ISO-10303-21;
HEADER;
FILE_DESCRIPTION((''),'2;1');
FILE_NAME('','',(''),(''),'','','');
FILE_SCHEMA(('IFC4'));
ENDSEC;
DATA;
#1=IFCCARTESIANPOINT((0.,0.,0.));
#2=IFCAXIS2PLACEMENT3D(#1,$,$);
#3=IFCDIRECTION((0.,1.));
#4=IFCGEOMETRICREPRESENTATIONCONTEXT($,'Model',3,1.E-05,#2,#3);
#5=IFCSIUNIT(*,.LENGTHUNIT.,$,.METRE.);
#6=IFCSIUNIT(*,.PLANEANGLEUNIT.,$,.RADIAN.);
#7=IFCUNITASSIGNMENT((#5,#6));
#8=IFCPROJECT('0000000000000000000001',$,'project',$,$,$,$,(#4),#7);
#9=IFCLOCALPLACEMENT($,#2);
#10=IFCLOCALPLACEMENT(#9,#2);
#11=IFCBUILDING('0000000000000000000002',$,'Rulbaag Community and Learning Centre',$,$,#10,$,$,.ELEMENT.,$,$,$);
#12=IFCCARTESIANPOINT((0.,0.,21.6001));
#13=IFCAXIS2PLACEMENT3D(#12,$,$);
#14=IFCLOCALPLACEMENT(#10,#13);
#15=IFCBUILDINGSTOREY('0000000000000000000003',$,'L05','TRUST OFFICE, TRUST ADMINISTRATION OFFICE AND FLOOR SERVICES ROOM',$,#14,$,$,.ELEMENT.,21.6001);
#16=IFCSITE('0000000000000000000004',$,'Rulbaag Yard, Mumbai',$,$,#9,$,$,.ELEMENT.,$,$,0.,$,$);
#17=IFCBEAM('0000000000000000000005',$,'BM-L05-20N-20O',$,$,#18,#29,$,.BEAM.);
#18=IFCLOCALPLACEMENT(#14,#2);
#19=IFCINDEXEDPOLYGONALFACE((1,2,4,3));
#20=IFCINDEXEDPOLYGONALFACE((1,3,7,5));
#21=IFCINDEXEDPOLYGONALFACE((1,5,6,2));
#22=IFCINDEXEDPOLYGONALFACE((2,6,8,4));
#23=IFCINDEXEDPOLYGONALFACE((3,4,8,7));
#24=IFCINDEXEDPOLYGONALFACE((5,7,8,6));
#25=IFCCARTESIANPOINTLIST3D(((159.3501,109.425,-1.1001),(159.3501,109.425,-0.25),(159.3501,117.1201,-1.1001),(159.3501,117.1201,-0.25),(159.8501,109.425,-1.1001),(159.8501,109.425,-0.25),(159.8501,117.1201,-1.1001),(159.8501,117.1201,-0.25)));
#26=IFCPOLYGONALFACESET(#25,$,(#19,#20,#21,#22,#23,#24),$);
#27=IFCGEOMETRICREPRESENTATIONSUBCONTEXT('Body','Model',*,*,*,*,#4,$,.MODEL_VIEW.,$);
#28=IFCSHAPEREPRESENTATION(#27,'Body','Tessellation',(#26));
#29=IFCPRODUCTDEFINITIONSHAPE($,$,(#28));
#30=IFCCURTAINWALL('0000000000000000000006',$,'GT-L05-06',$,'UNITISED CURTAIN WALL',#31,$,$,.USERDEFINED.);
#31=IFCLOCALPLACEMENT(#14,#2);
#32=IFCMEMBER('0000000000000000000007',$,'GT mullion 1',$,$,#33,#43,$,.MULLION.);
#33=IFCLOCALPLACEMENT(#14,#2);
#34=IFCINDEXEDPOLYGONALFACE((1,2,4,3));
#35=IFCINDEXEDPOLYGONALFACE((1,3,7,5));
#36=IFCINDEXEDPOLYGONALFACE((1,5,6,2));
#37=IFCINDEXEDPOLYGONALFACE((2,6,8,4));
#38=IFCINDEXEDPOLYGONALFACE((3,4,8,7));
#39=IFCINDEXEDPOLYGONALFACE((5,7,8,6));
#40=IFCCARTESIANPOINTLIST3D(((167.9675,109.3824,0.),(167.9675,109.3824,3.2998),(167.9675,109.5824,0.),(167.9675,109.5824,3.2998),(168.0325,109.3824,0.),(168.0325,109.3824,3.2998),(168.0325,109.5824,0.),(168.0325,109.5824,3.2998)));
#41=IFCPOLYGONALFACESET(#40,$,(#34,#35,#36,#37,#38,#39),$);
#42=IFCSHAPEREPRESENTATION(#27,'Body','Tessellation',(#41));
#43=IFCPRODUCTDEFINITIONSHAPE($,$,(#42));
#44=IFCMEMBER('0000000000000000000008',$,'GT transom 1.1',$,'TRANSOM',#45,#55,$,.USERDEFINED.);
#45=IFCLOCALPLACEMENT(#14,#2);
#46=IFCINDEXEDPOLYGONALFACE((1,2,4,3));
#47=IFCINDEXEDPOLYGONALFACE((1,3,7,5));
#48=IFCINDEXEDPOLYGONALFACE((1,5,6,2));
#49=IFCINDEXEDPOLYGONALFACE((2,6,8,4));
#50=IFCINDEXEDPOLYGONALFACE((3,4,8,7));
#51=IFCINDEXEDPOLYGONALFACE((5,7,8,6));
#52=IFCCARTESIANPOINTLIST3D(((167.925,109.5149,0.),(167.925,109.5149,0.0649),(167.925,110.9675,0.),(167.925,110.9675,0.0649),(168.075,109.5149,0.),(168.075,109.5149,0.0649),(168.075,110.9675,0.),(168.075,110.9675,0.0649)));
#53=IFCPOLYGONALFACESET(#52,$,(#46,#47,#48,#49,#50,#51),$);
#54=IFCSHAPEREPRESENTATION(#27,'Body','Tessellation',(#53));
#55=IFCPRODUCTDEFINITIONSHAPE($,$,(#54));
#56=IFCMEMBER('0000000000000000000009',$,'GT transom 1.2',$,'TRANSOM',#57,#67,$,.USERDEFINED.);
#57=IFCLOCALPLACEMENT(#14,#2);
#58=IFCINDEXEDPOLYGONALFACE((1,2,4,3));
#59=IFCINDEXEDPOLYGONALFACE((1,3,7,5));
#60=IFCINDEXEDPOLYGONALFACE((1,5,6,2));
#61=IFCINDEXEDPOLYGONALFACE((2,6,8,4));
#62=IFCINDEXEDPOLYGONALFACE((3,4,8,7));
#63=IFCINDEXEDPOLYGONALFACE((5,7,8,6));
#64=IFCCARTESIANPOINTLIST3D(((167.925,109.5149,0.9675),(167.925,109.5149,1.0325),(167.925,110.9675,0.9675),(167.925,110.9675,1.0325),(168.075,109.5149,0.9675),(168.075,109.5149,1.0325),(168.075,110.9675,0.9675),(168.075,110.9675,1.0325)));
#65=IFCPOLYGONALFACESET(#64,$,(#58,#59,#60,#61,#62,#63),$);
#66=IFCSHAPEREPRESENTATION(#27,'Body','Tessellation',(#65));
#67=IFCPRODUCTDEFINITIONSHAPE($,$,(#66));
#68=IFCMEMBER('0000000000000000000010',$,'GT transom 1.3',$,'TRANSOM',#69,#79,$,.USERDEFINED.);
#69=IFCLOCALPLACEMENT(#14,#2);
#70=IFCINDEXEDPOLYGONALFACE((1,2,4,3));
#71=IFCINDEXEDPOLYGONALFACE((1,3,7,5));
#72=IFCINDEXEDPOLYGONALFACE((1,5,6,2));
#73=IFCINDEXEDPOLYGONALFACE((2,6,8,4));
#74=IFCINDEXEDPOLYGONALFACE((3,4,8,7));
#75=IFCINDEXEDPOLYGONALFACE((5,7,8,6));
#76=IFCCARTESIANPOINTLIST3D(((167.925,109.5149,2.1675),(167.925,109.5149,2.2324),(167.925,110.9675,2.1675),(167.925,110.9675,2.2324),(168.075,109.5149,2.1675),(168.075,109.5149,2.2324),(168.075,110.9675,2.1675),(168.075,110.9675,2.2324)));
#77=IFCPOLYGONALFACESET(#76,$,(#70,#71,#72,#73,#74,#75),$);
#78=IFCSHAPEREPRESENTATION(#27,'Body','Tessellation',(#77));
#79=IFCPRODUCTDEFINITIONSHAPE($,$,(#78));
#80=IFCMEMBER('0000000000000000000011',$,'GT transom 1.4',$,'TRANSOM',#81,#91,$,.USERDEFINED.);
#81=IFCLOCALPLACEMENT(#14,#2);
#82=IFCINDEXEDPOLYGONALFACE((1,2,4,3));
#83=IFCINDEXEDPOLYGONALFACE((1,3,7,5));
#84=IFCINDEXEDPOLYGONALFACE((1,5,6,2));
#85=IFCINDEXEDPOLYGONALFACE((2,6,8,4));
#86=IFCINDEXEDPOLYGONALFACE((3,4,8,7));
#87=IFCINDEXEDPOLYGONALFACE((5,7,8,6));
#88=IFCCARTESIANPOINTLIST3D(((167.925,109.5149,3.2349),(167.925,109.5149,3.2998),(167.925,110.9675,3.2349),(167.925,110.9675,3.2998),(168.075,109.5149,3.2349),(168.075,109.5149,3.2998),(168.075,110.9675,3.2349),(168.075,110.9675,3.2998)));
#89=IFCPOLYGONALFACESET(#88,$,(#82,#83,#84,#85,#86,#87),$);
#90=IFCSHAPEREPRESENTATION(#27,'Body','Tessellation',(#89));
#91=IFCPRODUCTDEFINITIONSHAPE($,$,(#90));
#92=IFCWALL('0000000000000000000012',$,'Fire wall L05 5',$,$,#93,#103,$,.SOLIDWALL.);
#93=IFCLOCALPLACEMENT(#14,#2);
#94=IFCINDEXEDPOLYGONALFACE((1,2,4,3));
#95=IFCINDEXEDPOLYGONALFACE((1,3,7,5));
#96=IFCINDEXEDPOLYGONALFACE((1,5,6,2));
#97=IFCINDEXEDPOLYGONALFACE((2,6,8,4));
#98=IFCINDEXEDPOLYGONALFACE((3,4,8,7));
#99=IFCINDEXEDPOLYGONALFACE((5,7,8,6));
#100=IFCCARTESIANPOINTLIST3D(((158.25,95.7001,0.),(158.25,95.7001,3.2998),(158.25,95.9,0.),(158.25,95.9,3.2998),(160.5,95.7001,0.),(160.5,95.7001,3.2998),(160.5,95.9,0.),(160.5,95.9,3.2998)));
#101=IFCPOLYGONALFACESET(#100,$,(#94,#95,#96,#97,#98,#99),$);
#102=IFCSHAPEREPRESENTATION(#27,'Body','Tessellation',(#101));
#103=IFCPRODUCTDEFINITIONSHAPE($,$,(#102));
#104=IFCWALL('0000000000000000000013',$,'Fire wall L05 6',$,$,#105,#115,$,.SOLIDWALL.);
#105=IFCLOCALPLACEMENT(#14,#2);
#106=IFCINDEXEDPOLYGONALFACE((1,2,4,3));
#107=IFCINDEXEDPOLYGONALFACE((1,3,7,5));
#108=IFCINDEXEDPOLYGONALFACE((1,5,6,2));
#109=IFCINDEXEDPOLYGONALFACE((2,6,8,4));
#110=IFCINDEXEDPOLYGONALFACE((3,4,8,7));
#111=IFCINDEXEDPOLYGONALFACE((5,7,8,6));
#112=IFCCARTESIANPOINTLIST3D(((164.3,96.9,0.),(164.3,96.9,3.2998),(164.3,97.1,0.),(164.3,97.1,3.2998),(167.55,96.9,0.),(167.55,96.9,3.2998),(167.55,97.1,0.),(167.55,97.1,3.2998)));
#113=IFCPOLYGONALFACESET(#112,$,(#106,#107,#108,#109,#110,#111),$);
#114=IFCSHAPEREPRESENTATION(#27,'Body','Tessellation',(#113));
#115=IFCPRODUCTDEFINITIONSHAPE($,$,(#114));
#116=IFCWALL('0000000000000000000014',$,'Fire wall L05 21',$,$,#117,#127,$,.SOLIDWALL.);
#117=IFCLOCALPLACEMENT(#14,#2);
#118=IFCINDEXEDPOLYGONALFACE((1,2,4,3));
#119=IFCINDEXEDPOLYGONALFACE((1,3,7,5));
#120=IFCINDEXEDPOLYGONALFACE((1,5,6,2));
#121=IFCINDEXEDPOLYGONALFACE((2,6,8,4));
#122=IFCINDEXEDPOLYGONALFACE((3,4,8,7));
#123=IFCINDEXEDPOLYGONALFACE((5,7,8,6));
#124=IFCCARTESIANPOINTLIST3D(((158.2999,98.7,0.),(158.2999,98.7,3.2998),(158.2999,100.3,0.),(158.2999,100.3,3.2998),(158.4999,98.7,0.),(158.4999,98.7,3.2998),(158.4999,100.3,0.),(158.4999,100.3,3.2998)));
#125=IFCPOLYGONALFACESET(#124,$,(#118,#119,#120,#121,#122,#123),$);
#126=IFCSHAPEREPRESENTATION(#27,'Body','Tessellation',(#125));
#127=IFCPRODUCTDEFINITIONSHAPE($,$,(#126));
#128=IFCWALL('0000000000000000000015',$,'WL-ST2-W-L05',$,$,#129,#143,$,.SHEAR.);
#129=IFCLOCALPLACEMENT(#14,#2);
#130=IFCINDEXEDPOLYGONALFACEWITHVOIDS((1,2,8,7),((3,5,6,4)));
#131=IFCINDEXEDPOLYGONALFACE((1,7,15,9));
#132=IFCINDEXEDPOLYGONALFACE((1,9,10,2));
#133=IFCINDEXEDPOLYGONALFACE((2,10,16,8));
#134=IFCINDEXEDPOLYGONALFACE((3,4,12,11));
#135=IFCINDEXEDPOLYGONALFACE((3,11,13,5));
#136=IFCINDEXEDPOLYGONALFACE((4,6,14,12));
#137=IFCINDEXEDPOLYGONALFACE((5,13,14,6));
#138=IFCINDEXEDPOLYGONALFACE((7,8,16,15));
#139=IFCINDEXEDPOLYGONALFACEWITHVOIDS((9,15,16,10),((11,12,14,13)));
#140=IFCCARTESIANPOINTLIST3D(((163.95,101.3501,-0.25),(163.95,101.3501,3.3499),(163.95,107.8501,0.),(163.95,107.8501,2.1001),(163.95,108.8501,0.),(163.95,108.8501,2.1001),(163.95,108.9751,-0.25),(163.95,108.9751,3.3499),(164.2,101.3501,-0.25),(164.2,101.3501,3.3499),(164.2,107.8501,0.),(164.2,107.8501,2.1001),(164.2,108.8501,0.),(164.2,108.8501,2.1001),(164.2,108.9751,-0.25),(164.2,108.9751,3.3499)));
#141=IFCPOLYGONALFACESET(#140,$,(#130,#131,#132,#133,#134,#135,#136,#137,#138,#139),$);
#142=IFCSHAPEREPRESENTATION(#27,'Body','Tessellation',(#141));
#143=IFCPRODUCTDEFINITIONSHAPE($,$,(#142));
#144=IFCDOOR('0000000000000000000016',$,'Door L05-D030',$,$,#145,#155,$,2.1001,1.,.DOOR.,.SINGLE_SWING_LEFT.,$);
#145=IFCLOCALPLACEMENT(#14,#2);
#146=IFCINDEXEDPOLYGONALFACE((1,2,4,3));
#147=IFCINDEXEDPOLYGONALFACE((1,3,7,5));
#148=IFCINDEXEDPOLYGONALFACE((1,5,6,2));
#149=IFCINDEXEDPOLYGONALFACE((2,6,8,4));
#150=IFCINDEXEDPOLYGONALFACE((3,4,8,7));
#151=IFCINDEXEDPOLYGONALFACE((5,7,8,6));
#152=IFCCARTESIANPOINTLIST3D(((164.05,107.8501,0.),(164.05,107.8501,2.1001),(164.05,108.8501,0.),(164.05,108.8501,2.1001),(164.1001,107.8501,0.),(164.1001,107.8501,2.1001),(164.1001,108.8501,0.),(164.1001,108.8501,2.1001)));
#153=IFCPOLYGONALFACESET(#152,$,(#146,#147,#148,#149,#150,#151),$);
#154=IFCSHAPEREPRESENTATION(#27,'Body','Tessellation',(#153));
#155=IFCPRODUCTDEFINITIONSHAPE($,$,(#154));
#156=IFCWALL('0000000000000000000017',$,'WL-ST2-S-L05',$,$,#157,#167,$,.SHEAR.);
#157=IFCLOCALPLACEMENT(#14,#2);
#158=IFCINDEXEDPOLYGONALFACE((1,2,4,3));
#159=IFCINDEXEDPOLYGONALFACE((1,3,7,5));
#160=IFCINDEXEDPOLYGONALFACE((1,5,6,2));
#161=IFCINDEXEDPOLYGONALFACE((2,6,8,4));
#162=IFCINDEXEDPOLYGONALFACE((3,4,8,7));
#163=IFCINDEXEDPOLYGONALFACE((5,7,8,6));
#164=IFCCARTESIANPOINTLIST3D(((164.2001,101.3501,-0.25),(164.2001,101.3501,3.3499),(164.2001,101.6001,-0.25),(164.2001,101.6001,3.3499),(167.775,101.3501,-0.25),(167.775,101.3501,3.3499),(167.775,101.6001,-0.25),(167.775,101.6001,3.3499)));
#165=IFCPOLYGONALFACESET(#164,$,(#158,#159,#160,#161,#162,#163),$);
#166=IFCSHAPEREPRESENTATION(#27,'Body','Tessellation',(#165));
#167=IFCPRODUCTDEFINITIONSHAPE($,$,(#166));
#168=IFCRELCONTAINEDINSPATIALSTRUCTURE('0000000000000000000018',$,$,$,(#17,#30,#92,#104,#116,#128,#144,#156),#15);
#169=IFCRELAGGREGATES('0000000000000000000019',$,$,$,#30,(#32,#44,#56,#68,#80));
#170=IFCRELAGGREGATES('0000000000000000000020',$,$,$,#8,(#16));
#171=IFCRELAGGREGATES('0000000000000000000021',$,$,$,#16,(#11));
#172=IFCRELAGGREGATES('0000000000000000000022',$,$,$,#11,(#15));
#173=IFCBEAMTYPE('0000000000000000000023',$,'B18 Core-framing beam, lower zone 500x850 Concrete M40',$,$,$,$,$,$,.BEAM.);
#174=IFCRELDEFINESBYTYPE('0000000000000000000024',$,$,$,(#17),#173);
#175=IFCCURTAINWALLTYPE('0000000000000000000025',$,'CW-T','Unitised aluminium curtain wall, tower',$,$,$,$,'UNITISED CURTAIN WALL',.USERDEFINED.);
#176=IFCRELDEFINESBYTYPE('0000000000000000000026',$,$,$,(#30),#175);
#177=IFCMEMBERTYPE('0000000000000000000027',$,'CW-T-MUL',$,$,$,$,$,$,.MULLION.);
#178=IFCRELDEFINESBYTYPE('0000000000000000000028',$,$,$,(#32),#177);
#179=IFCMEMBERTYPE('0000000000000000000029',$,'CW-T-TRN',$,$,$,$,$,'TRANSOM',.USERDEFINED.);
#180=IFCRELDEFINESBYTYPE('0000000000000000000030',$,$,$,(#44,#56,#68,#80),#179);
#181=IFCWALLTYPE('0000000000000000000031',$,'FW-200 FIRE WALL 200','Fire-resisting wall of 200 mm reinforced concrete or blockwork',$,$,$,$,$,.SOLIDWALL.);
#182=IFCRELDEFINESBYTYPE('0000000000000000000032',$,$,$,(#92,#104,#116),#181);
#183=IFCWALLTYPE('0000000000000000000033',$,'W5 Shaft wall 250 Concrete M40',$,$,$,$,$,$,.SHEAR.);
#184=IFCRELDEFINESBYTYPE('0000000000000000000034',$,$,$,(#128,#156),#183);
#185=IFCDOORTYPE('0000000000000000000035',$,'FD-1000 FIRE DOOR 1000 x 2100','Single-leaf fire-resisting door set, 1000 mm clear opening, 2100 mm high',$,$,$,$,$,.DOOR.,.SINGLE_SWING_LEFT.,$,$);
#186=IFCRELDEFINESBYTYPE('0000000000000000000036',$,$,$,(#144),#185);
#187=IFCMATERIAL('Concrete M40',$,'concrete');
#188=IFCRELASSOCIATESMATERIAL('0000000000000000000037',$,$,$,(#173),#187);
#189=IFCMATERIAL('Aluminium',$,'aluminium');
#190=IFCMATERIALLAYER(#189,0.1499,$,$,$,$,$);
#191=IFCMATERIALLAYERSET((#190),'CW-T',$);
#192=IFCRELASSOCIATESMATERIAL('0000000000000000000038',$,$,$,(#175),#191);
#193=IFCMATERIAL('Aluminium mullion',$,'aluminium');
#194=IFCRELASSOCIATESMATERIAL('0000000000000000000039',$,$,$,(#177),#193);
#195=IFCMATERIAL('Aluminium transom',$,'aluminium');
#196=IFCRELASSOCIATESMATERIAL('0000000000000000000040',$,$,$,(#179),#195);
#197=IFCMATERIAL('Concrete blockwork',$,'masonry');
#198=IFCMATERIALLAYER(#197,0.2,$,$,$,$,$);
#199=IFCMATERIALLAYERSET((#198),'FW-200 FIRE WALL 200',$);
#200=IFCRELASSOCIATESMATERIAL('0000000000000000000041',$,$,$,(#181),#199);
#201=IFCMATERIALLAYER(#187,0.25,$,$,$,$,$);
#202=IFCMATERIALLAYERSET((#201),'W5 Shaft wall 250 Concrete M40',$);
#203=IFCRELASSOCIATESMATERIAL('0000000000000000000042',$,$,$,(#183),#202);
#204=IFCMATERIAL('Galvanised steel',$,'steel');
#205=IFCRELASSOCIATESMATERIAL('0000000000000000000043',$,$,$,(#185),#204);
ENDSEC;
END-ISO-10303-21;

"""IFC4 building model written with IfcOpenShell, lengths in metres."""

from ifc_helpers import new_model, si_unit, direction, frame, frame_2d, origin, origin_2d, place, context, subcontext, project, spatial, rectangle, extrude, material, layer, layer_set, material_profile, profile_set, type_object, element, fill, aggregate, save


model = new_model("IFC4")

# Units and contexts
model_context = context("Model", 3, precision=1e-05, world=origin(), true_north=direction((0.0, 1.0)))
body_context = subcontext(model_context, "Body", "Model", "MODEL_VIEW")
ifc_project = project(units=[si_unit("LENGTHUNIT", "METRE"), si_unit("PLANEANGLEUNIT", "RADIAN")], contexts=[model_context])

# Site, building, storey
site_placement = place(None, origin())
site = spatial("IfcSite", under=ifc_project, at=site_placement, Name="Rulbaag Yard, Mumbai", CompositionType="ELEMENT", RefElevation=0.0)
building_placement = place(site_placement, origin())
building = spatial("IfcBuilding", under=site, at=building_placement, Name="Rulbaag Community and Learning Centre", CompositionType="ELEMENT")
storey_placement = place(building_placement, frame((0.0, 0.0, 21.6001)))
storey = spatial("IfcBuildingStorey", under=building, at=storey_placement, Name="L05", Description="TRUST OFFICE, TRUST ADMINISTRATION OFFICE AND FLOOR SERVICES ROOM", CompositionType="ELEMENT", Elevation=21.6001)

# Beam
ifc_material_1 = material(Name="Concrete M40", Category="concrete")
ifc_material_profile_1 = material_profile(ifc_material_1, rectangle(XDim=0.5, YDim=0.8501, at=origin_2d()), Name="RB500x850")
ifc_profile_set_1 = profile_set([ifc_material_profile_1], Name="Concrete M40")
beam_type = type_object("IfcBeamType", Name="B18 Core-framing beam, lower zone 500x850 Concrete M40", PredefinedType="BEAM", material=ifc_profile_set_1)
beam_placement = place(storey_placement, frame((159.6001, 109.425, -0.675), z_axis=(0.0, 1.0, 0.0), x_axis=(-1.0, 0.0, 0.0)))
element("IfcBeam", 1, at=beam_placement, inside=storey, type_object=beam_type, Name="BM-L05-20N-20O", PredefinedType="BEAM", context=body_context, shape_type="SweptSolid", body=[
    extrude(rectangle(XDim=0.5, YDim=0.8501, at=origin_2d()), origin(), (0.0, 0.0, 1.0), 7.6951),
])

# Curtain wall, members
ifc_material_2 = material(Name="Aluminium", Category="aluminium")
ifc_layer_1 = layer(ifc_material_2, 0.1499)
ifc_layer_set_1 = layer_set([ifc_layer_1], Name="CW-T")
curtain_wall_type = type_object("IfcCurtainWallType", Name="CW-T", Description="Unitised aluminium curtain wall, tower", ElementType="UNITISED CURTAIN WALL", PredefinedType="USERDEFINED", material=ifc_layer_set_1)
curtain_wall_placement = place(storey_placement, origin())
curtain_wall = element("IfcCurtainWall", 2, at=curtain_wall_placement, inside=storey, type_object=curtain_wall_type, Name="GT-L05-06", ObjectType="UNITISED CURTAIN WALL", PredefinedType="USERDEFINED")
ifc_material_3 = material(Name="Aluminium mullion", Category="aluminium")
ifc_material_profile_2 = material_profile(ifc_material_3, rectangle(XDim=0.0649, YDim=0.2, at=origin_2d()), Name="AL 65x200")
ifc_profile_set_2 = profile_set([ifc_material_profile_2], Name="Aluminium mullion")
member_type_1 = type_object("IfcMemberType", Name="CW-T-MUL", PredefinedType="MULLION", material=ifc_profile_set_2)
member_1_placement = place(storey_placement, frame((168.0, 109.4824, 0.0), z_axis=(0.0, 0.0, 1.0), x_axis=(-1.0, 0.0, 0.0)))
member_1 = element("IfcMember", 3, at=member_1_placement, type_object=member_type_1, Name="GT mullion 1", PredefinedType="MULLION", context=body_context, shape_type="SweptSolid", body=[
    extrude(rectangle(XDim=0.0649, YDim=0.2, at=origin_2d()), origin(), (0.0, 0.0, 1.0), 3.2998),
])
ifc_material_4 = material(Name="Aluminium transom", Category="aluminium")
ifc_material_profile_3 = material_profile(ifc_material_4, rectangle(XDim=0.1499, YDim=0.0649, at=origin_2d()), Name="AL 65x150 T")
ifc_profile_set_3 = profile_set([ifc_material_profile_3], Name="Aluminium transom")
member_type_2 = type_object("IfcMemberType", Name="CW-T-TRN", ElementType="TRANSOM", PredefinedType="USERDEFINED", material=ifc_profile_set_3)
member_2_placement = place(storey_placement, frame((168.0, 109.5149, 0.0325), z_axis=(0.0, 1.0, 0.0), x_axis=(-1.0, 0.0, 0.0)))
member_2 = element("IfcMember", 4, at=member_2_placement, type_object=member_type_2, Name="GT transom 1.1", ObjectType="TRANSOM", PredefinedType="USERDEFINED", context=body_context, shape_type="SweptSolid", body=[
    extrude(rectangle(XDim=0.1499, YDim=0.0649, at=origin_2d()), origin(), (0.0, 0.0, 1.0), 1.4526),
])
member_3_placement = place(storey_placement, frame((168.0, 109.5149, 1.0), z_axis=(0.0, 1.0, 0.0), x_axis=(-1.0, 0.0, 0.0)))
member_3 = element("IfcMember", 5, at=member_3_placement, type_object=member_type_2, Name="GT transom 1.2", ObjectType="TRANSOM", PredefinedType="USERDEFINED", context=body_context, shape_type="SweptSolid", body=[
    extrude(rectangle(XDim=0.1499, YDim=0.0649, at=origin_2d()), origin(), (0.0, 0.0, 1.0), 1.4526),
])
member_4_placement = place(storey_placement, frame((168.0, 109.5149, 2.2), z_axis=(0.0, 1.0, 0.0), x_axis=(-1.0, 0.0, 0.0)))
member_4 = element("IfcMember", 6, at=member_4_placement, type_object=member_type_2, Name="GT transom 1.3", ObjectType="TRANSOM", PredefinedType="USERDEFINED", context=body_context, shape_type="SweptSolid", body=[
    extrude(rectangle(XDim=0.1499, YDim=0.0649, at=origin_2d()), origin(), (0.0, 0.0, 1.0), 1.4526),
])
member_5_placement = place(storey_placement, frame((168.0, 109.5149, 3.2673), z_axis=(0.0, 1.0, 0.0), x_axis=(-1.0, 0.0, 0.0)))
member_5 = element("IfcMember", 7, at=member_5_placement, type_object=member_type_2, Name="GT transom 1.4", ObjectType="TRANSOM", PredefinedType="USERDEFINED", context=body_context, shape_type="SweptSolid", body=[
    extrude(rectangle(XDim=0.1499, YDim=0.0649, at=origin_2d()), origin(), (0.0, 0.0, 1.0), 1.4526),
])
aggregate(curtain_wall, [member_1, member_2, member_3, member_4, member_5])

# Walls
ifc_material_5 = material(Name="Concrete blockwork", Category="masonry")
ifc_layer_2 = layer(ifc_material_5, 0.2)
ifc_layer_set_2 = layer_set([ifc_layer_2], Name="FW-200 FIRE WALL 200")
wall_type_1 = type_object("IfcWallType", Name="FW-200 FIRE WALL 200", Description="Fire-resisting wall of 200 mm reinforced concrete or blockwork", PredefinedType="SOLIDWALL", material=ifc_layer_set_2)
wall_1_placement = place(storey_placement, frame((158.25, 95.8, 0.0), z_axis=(0.0, 0.0, 1.0), x_axis=(1.0, 0.0, 0.0)))
element("IfcWall", 8, at=wall_1_placement, inside=storey, type_object=wall_type_1, Name="Fire wall L05 5", PredefinedType="SOLIDWALL", context=body_context, shape_type="SweptSolid", body=[
    extrude(rectangle(XDim=2.25, YDim=0.2, at=frame_2d((1.125, 0.0))), origin(), (0.0, 0.0, 1.0), 3.2998),
])
wall_2_placement = place(storey_placement, frame((164.3, 97.0, 0.0), z_axis=(0.0, 0.0, 1.0), x_axis=(1.0, 0.0, 0.0)))
element("IfcWall", 9, at=wall_2_placement, inside=storey, type_object=wall_type_1, Name="Fire wall L05 6", PredefinedType="SOLIDWALL", context=body_context, shape_type="SweptSolid", body=[
    extrude(rectangle(XDim=3.25, YDim=0.2, at=frame_2d((1.625, 0.0))), origin(), (0.0, 0.0, 1.0), 3.2998),
])
wall_3_placement = place(storey_placement, frame((158.3999, 98.7, 0.0), z_axis=(0.0, 0.0, 1.0), x_axis=(0.0, 1.0, 0.0)))
element("IfcWall", 10, at=wall_3_placement, inside=storey, type_object=wall_type_1, Name="Fire wall L05 21", PredefinedType="SOLIDWALL", context=body_context, shape_type="SweptSolid", body=[
    extrude(rectangle(XDim=1.6001, YDim=0.2, at=frame_2d((0.8, 0.0))), origin(), (0.0, 0.0, 1.0), 3.2998),
])

# Wall, opening, door
ifc_layer_3 = layer(ifc_material_1, 0.25)
ifc_layer_set_3 = layer_set([ifc_layer_3], Name="W5 Shaft wall 250 Concrete M40")
wall_type_2 = type_object("IfcWallType", Name="W5 Shaft wall 250 Concrete M40", PredefinedType="SHEAR", material=ifc_layer_set_3)
wall_4_placement = place(storey_placement, frame((164.075, 101.3501, -0.25), z_axis=(0.0, 0.0, 1.0), x_axis=(0.0, 1.0, 0.0)))
wall_4 = element("IfcWall", 11, at=wall_4_placement, inside=storey, type_object=wall_type_2, Name="WL-ST2-W-L05", PredefinedType="SHEAR", context=body_context, shape_type="SweptSolid", body=[
    extrude(rectangle(XDim=7.625, YDim=0.25, at=frame_2d((3.8125, 0.0))), origin(), (0.0, 0.0, 1.0), 3.5999),
])
opening_placement = place(wall_4_placement, frame((6.5, 0.0, 0.25)))
opening = element("IfcOpeningElement", 12, at=opening_placement, cuts=wall_4, PredefinedType="OPENING", context=body_context, shape_type="SweptSolid", body=[
    extrude(rectangle(XDim=1.0, YDim=2.1001, at=frame_2d((0.5, 1.05))), frame((0.0, 0.135, 0.0), z_axis=(0.0, -1.0, 0.0), x_axis=(1.0, 0.0, 0.0)), (0.0, 0.0, 1.0), 0.27),
])
ifc_material_6 = material(Name="Galvanised steel", Category="steel")
door_type = type_object("IfcDoorType", Name="FD-1000 FIRE DOOR 1000 x 2100", Description="Single-leaf fire-resisting door set, 1000 mm clear opening, 2100 mm high", OperationType="SINGLE_SWING_LEFT", PredefinedType="DOOR", material=ifc_material_6)
door_placement = place(opening_placement, origin())
door = element("IfcDoor", 13, at=door_placement, inside=storey, type_object=door_type, Name="Door L05-D030", OperationType="SINGLE_SWING_LEFT", OverallHeight=2.1001, OverallWidth=1.0, PredefinedType="DOOR", context=body_context, shape_type="SweptSolid", body=[
    extrude(rectangle(XDim=1.0, YDim=2.1001, at=frame_2d((0.5, 1.05))), frame((0.0, 0.0249, 0.0), z_axis=(0.0, -1.0, 0.0), x_axis=(1.0, 0.0, 0.0)), (0.0, 0.0, 1.0), 0.05),
])
fill(opening, door)

# Wall
wall_5_placement = place(storey_placement, frame((164.2, 101.4751, -0.25), z_axis=(0.0, 0.0, 1.0), x_axis=(1.0, 0.0, 0.0)))
element("IfcWall", 14, at=wall_5_placement, inside=storey, type_object=wall_type_2, Name="WL-ST2-S-L05", PredefinedType="SHEAR", context=body_context, shape_type="SweptSolid", body=[
    extrude(rectangle(XDim=3.575, YDim=0.25, at=frame_2d((1.7876, 0.0))), origin(), (0.0, 0.0, 1.0), 3.5999),
])

save(model, "model.ifc")
